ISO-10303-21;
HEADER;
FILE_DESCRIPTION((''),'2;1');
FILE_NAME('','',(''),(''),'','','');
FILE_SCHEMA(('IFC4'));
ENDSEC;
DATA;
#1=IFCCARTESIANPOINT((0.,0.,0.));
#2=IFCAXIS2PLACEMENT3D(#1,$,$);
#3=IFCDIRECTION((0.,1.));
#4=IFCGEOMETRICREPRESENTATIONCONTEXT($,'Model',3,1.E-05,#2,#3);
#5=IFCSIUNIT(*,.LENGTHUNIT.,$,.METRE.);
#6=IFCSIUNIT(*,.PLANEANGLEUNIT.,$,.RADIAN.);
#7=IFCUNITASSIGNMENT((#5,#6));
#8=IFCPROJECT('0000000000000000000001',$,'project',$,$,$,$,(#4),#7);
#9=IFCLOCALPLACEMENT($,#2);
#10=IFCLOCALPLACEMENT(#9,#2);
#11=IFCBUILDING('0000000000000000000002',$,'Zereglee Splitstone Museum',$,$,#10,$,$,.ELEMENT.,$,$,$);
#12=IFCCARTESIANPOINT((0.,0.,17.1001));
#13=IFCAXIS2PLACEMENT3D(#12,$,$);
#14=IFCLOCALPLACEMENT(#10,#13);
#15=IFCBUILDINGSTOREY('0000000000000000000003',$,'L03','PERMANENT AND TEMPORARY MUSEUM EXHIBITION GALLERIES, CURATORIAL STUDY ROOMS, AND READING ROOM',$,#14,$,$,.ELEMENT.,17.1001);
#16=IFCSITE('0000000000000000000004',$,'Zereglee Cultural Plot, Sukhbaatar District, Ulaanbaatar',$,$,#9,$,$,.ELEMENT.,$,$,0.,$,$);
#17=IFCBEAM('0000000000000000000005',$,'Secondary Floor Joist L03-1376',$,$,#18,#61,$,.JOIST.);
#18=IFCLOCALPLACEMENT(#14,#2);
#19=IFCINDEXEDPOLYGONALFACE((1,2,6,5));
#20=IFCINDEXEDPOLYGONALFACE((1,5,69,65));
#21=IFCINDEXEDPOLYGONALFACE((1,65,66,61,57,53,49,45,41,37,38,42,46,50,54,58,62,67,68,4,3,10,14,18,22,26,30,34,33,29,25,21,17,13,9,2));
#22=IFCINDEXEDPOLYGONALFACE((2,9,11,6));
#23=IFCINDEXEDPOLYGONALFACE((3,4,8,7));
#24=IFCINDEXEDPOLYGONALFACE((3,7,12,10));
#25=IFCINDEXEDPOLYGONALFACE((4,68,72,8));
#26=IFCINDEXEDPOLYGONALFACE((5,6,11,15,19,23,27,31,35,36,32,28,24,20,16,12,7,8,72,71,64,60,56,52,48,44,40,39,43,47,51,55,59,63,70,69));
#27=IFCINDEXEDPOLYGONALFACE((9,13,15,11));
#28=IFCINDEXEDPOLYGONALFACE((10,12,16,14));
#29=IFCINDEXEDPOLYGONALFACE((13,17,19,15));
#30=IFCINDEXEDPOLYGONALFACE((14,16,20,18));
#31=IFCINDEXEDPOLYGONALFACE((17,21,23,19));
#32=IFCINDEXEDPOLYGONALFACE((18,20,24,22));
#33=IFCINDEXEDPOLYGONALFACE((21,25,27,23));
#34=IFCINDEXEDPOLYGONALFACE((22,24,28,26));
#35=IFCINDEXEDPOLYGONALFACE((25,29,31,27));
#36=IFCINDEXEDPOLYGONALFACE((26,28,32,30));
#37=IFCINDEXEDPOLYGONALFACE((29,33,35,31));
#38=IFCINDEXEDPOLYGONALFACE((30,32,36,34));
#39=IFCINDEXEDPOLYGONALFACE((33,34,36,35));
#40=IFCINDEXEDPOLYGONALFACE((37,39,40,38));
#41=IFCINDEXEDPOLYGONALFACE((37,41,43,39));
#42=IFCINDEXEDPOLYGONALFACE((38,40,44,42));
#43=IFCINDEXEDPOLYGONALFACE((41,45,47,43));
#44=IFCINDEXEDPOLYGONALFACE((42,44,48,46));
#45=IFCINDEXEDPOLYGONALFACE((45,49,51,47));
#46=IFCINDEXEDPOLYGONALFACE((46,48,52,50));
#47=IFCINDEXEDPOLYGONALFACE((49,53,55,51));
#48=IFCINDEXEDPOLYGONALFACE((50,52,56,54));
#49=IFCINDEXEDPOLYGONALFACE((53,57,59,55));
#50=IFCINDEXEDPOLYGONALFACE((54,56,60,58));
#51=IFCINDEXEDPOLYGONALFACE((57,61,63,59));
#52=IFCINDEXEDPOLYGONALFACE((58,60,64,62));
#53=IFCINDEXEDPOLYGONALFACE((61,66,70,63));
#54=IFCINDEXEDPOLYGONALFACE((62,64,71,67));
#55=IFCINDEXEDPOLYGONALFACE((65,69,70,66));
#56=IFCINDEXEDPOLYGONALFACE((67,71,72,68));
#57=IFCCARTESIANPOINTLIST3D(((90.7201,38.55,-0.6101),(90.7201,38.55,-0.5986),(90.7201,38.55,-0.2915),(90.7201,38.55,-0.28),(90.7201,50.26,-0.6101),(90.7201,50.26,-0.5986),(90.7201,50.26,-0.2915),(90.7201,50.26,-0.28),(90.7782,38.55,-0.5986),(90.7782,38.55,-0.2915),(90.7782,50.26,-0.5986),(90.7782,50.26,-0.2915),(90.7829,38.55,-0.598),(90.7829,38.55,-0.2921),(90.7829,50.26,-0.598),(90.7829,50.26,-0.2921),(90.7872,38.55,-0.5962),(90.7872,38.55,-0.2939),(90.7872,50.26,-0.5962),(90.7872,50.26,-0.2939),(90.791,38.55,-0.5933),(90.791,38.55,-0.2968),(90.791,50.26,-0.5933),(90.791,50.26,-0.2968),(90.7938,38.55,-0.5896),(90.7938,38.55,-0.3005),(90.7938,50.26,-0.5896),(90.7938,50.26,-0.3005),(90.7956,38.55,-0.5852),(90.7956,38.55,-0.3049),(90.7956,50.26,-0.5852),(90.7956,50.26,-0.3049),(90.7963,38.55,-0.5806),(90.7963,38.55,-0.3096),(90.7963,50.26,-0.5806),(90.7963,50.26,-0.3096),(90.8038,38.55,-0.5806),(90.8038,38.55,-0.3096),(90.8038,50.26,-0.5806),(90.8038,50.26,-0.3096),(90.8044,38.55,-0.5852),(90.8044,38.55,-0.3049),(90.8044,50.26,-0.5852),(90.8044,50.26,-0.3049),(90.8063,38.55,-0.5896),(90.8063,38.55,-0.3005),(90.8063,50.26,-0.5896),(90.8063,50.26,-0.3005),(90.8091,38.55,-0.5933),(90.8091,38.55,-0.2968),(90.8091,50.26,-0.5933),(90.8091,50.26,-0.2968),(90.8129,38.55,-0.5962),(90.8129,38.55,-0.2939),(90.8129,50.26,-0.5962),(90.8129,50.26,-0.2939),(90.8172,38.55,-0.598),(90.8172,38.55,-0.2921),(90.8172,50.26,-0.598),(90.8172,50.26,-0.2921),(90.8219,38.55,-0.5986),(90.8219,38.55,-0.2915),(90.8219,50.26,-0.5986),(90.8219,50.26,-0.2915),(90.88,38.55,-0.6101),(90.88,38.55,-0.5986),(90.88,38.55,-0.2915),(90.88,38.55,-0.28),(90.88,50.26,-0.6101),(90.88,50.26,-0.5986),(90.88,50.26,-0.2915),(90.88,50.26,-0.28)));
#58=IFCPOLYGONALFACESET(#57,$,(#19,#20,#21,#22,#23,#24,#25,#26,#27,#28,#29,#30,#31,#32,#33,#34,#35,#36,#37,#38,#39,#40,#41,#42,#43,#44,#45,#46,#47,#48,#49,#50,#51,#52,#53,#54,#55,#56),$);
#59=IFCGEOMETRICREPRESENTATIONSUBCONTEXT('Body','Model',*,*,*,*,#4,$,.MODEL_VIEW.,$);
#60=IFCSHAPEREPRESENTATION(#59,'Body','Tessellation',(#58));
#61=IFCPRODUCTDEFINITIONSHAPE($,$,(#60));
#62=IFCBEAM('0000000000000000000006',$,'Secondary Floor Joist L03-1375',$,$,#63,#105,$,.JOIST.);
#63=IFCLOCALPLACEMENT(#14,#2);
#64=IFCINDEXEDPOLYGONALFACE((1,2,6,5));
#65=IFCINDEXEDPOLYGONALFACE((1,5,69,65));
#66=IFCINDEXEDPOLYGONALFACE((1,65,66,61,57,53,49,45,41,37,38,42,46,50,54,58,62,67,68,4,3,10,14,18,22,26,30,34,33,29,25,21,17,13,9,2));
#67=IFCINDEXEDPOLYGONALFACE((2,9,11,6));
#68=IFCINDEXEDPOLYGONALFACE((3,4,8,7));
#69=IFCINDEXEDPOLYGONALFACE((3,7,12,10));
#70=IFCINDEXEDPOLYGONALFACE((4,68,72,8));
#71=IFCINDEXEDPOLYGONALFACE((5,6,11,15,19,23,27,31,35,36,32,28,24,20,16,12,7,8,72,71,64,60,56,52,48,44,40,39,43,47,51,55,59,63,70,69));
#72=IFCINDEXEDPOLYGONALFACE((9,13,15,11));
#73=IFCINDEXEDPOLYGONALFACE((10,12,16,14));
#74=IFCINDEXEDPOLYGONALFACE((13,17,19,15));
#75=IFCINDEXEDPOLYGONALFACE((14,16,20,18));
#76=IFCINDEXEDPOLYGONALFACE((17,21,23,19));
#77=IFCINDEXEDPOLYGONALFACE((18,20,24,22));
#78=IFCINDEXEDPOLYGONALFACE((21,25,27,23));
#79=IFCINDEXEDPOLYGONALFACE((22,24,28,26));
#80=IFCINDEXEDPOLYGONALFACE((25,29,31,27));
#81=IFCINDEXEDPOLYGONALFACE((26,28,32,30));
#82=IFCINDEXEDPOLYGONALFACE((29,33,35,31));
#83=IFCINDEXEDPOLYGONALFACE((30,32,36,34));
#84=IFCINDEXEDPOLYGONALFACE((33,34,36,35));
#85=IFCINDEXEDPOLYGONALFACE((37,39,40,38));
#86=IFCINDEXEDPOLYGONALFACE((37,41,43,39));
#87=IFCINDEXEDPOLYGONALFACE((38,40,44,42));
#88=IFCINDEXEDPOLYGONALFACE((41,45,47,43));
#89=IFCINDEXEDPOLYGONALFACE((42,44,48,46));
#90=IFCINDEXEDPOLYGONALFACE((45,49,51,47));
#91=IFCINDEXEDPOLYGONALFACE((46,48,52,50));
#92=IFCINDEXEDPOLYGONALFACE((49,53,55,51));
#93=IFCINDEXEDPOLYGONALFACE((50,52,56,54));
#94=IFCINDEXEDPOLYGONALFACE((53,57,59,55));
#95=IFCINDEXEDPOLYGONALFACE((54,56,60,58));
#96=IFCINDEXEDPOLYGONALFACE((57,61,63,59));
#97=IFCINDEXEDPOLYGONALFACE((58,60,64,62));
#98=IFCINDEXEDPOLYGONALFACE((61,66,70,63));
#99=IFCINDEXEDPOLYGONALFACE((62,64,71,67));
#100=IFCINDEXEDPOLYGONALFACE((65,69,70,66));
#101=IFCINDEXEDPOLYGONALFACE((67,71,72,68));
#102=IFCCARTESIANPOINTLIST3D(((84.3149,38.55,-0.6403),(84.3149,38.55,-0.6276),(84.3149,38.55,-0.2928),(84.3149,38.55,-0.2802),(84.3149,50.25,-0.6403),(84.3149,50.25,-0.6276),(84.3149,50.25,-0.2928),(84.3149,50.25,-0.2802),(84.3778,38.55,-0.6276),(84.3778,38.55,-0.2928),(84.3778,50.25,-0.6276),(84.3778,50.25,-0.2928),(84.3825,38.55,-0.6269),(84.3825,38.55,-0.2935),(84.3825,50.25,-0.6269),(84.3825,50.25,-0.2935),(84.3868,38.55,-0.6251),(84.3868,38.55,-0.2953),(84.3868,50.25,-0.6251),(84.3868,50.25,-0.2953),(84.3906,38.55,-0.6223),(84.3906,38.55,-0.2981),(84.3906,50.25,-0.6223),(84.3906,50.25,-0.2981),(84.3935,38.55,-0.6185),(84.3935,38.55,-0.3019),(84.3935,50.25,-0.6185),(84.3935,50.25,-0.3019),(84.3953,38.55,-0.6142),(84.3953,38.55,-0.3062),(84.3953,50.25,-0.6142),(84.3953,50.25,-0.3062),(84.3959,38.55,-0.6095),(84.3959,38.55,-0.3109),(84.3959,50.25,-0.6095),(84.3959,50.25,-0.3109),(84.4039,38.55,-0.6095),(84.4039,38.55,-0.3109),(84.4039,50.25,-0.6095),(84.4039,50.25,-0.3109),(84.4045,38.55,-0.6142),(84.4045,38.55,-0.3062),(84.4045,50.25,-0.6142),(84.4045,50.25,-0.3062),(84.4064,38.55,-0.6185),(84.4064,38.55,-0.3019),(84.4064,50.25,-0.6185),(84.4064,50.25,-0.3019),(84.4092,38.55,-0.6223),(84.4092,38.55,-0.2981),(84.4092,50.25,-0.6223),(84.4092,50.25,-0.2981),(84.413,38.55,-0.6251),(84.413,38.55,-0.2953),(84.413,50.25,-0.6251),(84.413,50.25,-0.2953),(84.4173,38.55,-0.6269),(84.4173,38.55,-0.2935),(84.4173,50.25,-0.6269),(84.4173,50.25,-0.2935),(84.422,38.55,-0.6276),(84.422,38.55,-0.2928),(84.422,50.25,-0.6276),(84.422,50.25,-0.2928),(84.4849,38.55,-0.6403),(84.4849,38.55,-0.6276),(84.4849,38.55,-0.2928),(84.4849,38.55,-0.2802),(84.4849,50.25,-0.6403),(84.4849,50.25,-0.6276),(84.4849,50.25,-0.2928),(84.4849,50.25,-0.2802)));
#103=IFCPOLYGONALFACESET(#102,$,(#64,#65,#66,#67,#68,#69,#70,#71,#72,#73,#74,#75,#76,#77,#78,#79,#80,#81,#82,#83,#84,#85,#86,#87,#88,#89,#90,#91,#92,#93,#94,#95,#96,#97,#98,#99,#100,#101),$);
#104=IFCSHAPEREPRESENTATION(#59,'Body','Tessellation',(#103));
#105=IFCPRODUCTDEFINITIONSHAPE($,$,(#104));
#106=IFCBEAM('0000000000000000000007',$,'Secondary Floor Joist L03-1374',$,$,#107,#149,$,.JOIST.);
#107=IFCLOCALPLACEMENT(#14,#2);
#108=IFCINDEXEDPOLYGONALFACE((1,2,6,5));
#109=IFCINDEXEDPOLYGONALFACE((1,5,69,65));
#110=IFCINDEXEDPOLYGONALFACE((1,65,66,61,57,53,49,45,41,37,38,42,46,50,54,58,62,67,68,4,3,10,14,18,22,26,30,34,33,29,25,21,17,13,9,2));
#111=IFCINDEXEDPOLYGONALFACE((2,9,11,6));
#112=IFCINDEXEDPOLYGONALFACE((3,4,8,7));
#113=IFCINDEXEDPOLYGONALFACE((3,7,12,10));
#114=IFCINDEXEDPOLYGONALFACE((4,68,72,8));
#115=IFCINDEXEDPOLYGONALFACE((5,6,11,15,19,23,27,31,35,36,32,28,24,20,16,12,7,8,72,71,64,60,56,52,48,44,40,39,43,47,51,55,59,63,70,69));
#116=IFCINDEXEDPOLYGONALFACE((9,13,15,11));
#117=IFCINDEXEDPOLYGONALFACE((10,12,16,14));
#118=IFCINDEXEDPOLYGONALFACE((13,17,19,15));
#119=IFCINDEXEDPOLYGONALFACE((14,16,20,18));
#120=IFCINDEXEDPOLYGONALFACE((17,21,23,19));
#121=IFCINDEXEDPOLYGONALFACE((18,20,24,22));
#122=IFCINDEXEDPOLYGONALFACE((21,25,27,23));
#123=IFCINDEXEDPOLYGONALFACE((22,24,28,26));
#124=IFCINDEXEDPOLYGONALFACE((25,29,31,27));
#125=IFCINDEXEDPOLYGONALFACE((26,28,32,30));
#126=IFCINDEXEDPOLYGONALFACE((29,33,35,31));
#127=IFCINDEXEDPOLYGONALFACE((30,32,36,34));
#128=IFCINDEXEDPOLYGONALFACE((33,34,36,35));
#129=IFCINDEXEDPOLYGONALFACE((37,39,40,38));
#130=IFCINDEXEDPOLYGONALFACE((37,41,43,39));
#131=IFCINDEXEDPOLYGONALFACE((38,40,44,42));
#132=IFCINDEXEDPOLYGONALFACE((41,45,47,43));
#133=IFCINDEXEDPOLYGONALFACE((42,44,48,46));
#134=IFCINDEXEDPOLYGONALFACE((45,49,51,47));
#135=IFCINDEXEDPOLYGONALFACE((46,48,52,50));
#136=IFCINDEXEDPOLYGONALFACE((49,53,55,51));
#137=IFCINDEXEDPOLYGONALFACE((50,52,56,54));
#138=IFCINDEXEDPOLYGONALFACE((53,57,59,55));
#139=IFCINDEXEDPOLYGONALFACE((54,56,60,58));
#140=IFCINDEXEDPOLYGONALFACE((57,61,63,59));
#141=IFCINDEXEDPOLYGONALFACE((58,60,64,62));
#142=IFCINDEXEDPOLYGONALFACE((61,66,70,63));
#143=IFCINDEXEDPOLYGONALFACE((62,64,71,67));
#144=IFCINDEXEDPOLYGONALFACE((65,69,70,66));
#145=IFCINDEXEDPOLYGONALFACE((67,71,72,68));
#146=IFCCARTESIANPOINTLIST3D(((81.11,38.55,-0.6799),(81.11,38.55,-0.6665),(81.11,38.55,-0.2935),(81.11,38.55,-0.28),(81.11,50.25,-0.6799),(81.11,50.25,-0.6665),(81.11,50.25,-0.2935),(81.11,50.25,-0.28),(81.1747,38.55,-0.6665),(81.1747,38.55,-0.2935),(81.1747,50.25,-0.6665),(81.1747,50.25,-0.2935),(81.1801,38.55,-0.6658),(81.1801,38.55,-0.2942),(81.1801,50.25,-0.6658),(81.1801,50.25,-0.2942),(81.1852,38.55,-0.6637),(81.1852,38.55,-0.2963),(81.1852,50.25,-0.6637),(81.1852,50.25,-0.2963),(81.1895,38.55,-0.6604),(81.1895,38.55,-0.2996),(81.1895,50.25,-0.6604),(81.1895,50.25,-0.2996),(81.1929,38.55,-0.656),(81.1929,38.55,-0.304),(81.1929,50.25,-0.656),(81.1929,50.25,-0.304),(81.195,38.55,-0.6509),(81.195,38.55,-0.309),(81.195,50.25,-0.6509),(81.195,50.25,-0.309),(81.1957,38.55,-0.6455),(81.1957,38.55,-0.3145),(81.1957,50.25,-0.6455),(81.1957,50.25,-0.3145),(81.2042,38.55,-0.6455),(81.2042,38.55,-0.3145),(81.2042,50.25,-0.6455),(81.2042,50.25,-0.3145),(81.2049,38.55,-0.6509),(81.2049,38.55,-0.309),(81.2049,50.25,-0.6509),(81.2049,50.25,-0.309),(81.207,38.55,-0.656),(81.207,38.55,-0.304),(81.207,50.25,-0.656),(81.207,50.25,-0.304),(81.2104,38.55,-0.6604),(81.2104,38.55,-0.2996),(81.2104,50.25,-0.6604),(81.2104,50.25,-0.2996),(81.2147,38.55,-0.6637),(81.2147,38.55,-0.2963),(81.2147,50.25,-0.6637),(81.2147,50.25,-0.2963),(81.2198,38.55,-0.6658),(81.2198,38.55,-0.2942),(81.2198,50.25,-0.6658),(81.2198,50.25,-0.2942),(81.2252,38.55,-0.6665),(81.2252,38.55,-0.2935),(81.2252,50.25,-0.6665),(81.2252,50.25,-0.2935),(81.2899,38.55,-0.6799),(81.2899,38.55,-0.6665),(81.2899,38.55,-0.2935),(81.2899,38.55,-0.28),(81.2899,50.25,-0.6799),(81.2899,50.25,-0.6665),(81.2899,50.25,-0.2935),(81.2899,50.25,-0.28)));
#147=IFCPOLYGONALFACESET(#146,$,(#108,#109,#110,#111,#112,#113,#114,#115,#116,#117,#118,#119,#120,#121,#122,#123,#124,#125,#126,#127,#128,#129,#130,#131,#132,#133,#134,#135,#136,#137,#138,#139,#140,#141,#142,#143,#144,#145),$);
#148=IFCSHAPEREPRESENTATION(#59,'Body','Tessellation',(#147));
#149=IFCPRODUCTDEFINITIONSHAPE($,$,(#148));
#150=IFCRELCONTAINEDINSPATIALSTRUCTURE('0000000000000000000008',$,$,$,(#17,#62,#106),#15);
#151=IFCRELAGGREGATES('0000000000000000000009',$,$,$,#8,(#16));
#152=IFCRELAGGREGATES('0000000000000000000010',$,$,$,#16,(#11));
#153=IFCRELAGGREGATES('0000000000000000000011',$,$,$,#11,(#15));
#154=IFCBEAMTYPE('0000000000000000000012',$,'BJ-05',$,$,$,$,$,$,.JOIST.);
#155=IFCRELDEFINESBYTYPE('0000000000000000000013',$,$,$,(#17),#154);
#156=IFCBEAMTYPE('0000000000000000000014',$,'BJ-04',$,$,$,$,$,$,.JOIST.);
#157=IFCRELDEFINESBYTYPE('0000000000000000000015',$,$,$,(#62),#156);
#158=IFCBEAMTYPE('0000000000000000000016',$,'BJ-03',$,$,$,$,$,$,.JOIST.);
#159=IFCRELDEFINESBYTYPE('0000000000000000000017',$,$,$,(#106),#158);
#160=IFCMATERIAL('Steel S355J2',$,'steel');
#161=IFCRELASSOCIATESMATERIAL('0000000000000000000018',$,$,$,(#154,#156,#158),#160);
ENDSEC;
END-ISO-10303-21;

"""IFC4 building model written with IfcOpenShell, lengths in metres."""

from ifc_helpers import new_model, si_unit, direction, frame, origin, origin_2d, place, context, subcontext, project, spatial, i_section, extrude, material, material_profile, profile_set, type_object, element, save


model = new_model("IFC4")

# Units and contexts
model_context = context("Model", 3, precision=1e-05, world=origin(), true_north=direction((0.0, 1.0)))
body_context = subcontext(model_context, "Body", "Model", "MODEL_VIEW")
ifc_project = project(units=[si_unit("LENGTHUNIT", "METRE"), si_unit("PLANEANGLEUNIT", "RADIAN")], contexts=[model_context])

# Site, building, storey
site_placement = place(None, origin())
site = spatial("IfcSite", under=ifc_project, at=site_placement, Name="Zereglee Cultural Plot, Sukhbaatar District, Ulaanbaatar", CompositionType="ELEMENT", RefElevation=0.0)
building_placement = place(site_placement, origin())
building = spatial("IfcBuilding", under=site, at=building_placement, Name="Zereglee Splitstone Museum", CompositionType="ELEMENT")
storey_placement = place(building_placement, frame((0.0, 0.0, 17.1001)))
storey = spatial("IfcBuildingStorey", under=building, at=storey_placement, Name="L03", Description="PERMANENT AND TEMPORARY MUSEUM EXHIBITION GALLERIES, CURATORIAL STUDY ROOMS, AND READING ROOM", CompositionType="ELEMENT", Elevation=17.1001)

# Shared definitions
ifc_material_1 = material(Name="Steel S355J2", Category="steel")

# Beams
ifc_material_profile_1 = material_profile(ifc_material_1, i_section(OverallWidth=0.1599, OverallDepth=0.3301, WebThickness=0.0076, FlangeThickness=0.0115, FilletRadius=0.0181, at=origin_2d()), Name="IPE 330")
ifc_profile_set_1 = profile_set([ifc_material_profile_1], Name="Steel S355J2")
beam_type_1 = type_object("IfcBeamType", Name="BJ-05", PredefinedType="JOIST", material=ifc_profile_set_1)
beam_1_placement = place(storey_placement, frame((90.8, 38.55, -0.4451), z_axis=(0.0, 1.0, 0.0), x_axis=(-1.0, 0.0, 0.0)))
element("IfcBeam", 1, at=beam_1_placement, inside=storey, type_object=beam_type_1, Name="Secondary Floor Joist L03-1376", PredefinedType="JOIST", context=body_context, shape_type="SweptSolid", body=[
    extrude(i_section(OverallWidth=0.1599, OverallDepth=0.3301, WebThickness=0.0076, FlangeThickness=0.0115, FilletRadius=0.0181, at=origin_2d()), origin(), (0.0, 0.0, 1.0), 11.71),
])
ifc_material_profile_2 = material_profile(ifc_material_1, i_section(OverallWidth=0.1699, OverallDepth=0.3601, WebThickness=0.0081, FlangeThickness=0.0127, FilletRadius=0.0181, at=origin_2d()), Name="IPE 360")
ifc_profile_set_2 = profile_set([ifc_material_profile_2], Name="Steel S355J2")
beam_type_2 = type_object("IfcBeamType", Name="BJ-04", PredefinedType="JOIST", material=ifc_profile_set_2)
beam_2_placement = place(storey_placement, frame((84.3999, 38.55, -0.4602), z_axis=(0.0, 1.0, 0.0), x_axis=(-1.0, 0.0, 0.0)))
element("IfcBeam", 2, at=beam_2_placement, inside=storey, type_object=beam_type_2, Name="Secondary Floor Joist L03-1375", PredefinedType="JOIST", context=body_context, shape_type="SweptSolid", body=[
    extrude(i_section(OverallWidth=0.1699, OverallDepth=0.3601, WebThickness=0.0081, FlangeThickness=0.0127, FilletRadius=0.0181, at=origin_2d()), origin(), (0.0, 0.0, 1.0), 11.7),
])
ifc_material_profile_3 = material_profile(ifc_material_1, i_section(OverallWidth=0.1799, OverallDepth=0.3999, WebThickness=0.0085, FlangeThickness=0.0134, FilletRadius=0.021, at=origin_2d()), Name="IPE 400")
ifc_profile_set_3 = profile_set([ifc_material_profile_3], Name="Steel S355J2")
beam_type_3 = type_object("IfcBeamType", Name="BJ-03", PredefinedType="JOIST", material=ifc_profile_set_3)
beam_3_placement = place(storey_placement, frame((81.2, 38.55, -0.48), z_axis=(0.0, 1.0, 0.0), x_axis=(-1.0, 0.0, 0.0)))
element("IfcBeam", 3, at=beam_3_placement, inside=storey, type_object=beam_type_3, Name="Secondary Floor Joist L03-1374", PredefinedType="JOIST", context=body_context, shape_type="SweptSolid", body=[
    extrude(i_section(OverallWidth=0.1799, OverallDepth=0.3999, WebThickness=0.0085, FlangeThickness=0.0134, FilletRadius=0.021, at=origin_2d()), origin(), (0.0, 0.0, 1.0), 11.7),
])

save(model, "model.ifc")
